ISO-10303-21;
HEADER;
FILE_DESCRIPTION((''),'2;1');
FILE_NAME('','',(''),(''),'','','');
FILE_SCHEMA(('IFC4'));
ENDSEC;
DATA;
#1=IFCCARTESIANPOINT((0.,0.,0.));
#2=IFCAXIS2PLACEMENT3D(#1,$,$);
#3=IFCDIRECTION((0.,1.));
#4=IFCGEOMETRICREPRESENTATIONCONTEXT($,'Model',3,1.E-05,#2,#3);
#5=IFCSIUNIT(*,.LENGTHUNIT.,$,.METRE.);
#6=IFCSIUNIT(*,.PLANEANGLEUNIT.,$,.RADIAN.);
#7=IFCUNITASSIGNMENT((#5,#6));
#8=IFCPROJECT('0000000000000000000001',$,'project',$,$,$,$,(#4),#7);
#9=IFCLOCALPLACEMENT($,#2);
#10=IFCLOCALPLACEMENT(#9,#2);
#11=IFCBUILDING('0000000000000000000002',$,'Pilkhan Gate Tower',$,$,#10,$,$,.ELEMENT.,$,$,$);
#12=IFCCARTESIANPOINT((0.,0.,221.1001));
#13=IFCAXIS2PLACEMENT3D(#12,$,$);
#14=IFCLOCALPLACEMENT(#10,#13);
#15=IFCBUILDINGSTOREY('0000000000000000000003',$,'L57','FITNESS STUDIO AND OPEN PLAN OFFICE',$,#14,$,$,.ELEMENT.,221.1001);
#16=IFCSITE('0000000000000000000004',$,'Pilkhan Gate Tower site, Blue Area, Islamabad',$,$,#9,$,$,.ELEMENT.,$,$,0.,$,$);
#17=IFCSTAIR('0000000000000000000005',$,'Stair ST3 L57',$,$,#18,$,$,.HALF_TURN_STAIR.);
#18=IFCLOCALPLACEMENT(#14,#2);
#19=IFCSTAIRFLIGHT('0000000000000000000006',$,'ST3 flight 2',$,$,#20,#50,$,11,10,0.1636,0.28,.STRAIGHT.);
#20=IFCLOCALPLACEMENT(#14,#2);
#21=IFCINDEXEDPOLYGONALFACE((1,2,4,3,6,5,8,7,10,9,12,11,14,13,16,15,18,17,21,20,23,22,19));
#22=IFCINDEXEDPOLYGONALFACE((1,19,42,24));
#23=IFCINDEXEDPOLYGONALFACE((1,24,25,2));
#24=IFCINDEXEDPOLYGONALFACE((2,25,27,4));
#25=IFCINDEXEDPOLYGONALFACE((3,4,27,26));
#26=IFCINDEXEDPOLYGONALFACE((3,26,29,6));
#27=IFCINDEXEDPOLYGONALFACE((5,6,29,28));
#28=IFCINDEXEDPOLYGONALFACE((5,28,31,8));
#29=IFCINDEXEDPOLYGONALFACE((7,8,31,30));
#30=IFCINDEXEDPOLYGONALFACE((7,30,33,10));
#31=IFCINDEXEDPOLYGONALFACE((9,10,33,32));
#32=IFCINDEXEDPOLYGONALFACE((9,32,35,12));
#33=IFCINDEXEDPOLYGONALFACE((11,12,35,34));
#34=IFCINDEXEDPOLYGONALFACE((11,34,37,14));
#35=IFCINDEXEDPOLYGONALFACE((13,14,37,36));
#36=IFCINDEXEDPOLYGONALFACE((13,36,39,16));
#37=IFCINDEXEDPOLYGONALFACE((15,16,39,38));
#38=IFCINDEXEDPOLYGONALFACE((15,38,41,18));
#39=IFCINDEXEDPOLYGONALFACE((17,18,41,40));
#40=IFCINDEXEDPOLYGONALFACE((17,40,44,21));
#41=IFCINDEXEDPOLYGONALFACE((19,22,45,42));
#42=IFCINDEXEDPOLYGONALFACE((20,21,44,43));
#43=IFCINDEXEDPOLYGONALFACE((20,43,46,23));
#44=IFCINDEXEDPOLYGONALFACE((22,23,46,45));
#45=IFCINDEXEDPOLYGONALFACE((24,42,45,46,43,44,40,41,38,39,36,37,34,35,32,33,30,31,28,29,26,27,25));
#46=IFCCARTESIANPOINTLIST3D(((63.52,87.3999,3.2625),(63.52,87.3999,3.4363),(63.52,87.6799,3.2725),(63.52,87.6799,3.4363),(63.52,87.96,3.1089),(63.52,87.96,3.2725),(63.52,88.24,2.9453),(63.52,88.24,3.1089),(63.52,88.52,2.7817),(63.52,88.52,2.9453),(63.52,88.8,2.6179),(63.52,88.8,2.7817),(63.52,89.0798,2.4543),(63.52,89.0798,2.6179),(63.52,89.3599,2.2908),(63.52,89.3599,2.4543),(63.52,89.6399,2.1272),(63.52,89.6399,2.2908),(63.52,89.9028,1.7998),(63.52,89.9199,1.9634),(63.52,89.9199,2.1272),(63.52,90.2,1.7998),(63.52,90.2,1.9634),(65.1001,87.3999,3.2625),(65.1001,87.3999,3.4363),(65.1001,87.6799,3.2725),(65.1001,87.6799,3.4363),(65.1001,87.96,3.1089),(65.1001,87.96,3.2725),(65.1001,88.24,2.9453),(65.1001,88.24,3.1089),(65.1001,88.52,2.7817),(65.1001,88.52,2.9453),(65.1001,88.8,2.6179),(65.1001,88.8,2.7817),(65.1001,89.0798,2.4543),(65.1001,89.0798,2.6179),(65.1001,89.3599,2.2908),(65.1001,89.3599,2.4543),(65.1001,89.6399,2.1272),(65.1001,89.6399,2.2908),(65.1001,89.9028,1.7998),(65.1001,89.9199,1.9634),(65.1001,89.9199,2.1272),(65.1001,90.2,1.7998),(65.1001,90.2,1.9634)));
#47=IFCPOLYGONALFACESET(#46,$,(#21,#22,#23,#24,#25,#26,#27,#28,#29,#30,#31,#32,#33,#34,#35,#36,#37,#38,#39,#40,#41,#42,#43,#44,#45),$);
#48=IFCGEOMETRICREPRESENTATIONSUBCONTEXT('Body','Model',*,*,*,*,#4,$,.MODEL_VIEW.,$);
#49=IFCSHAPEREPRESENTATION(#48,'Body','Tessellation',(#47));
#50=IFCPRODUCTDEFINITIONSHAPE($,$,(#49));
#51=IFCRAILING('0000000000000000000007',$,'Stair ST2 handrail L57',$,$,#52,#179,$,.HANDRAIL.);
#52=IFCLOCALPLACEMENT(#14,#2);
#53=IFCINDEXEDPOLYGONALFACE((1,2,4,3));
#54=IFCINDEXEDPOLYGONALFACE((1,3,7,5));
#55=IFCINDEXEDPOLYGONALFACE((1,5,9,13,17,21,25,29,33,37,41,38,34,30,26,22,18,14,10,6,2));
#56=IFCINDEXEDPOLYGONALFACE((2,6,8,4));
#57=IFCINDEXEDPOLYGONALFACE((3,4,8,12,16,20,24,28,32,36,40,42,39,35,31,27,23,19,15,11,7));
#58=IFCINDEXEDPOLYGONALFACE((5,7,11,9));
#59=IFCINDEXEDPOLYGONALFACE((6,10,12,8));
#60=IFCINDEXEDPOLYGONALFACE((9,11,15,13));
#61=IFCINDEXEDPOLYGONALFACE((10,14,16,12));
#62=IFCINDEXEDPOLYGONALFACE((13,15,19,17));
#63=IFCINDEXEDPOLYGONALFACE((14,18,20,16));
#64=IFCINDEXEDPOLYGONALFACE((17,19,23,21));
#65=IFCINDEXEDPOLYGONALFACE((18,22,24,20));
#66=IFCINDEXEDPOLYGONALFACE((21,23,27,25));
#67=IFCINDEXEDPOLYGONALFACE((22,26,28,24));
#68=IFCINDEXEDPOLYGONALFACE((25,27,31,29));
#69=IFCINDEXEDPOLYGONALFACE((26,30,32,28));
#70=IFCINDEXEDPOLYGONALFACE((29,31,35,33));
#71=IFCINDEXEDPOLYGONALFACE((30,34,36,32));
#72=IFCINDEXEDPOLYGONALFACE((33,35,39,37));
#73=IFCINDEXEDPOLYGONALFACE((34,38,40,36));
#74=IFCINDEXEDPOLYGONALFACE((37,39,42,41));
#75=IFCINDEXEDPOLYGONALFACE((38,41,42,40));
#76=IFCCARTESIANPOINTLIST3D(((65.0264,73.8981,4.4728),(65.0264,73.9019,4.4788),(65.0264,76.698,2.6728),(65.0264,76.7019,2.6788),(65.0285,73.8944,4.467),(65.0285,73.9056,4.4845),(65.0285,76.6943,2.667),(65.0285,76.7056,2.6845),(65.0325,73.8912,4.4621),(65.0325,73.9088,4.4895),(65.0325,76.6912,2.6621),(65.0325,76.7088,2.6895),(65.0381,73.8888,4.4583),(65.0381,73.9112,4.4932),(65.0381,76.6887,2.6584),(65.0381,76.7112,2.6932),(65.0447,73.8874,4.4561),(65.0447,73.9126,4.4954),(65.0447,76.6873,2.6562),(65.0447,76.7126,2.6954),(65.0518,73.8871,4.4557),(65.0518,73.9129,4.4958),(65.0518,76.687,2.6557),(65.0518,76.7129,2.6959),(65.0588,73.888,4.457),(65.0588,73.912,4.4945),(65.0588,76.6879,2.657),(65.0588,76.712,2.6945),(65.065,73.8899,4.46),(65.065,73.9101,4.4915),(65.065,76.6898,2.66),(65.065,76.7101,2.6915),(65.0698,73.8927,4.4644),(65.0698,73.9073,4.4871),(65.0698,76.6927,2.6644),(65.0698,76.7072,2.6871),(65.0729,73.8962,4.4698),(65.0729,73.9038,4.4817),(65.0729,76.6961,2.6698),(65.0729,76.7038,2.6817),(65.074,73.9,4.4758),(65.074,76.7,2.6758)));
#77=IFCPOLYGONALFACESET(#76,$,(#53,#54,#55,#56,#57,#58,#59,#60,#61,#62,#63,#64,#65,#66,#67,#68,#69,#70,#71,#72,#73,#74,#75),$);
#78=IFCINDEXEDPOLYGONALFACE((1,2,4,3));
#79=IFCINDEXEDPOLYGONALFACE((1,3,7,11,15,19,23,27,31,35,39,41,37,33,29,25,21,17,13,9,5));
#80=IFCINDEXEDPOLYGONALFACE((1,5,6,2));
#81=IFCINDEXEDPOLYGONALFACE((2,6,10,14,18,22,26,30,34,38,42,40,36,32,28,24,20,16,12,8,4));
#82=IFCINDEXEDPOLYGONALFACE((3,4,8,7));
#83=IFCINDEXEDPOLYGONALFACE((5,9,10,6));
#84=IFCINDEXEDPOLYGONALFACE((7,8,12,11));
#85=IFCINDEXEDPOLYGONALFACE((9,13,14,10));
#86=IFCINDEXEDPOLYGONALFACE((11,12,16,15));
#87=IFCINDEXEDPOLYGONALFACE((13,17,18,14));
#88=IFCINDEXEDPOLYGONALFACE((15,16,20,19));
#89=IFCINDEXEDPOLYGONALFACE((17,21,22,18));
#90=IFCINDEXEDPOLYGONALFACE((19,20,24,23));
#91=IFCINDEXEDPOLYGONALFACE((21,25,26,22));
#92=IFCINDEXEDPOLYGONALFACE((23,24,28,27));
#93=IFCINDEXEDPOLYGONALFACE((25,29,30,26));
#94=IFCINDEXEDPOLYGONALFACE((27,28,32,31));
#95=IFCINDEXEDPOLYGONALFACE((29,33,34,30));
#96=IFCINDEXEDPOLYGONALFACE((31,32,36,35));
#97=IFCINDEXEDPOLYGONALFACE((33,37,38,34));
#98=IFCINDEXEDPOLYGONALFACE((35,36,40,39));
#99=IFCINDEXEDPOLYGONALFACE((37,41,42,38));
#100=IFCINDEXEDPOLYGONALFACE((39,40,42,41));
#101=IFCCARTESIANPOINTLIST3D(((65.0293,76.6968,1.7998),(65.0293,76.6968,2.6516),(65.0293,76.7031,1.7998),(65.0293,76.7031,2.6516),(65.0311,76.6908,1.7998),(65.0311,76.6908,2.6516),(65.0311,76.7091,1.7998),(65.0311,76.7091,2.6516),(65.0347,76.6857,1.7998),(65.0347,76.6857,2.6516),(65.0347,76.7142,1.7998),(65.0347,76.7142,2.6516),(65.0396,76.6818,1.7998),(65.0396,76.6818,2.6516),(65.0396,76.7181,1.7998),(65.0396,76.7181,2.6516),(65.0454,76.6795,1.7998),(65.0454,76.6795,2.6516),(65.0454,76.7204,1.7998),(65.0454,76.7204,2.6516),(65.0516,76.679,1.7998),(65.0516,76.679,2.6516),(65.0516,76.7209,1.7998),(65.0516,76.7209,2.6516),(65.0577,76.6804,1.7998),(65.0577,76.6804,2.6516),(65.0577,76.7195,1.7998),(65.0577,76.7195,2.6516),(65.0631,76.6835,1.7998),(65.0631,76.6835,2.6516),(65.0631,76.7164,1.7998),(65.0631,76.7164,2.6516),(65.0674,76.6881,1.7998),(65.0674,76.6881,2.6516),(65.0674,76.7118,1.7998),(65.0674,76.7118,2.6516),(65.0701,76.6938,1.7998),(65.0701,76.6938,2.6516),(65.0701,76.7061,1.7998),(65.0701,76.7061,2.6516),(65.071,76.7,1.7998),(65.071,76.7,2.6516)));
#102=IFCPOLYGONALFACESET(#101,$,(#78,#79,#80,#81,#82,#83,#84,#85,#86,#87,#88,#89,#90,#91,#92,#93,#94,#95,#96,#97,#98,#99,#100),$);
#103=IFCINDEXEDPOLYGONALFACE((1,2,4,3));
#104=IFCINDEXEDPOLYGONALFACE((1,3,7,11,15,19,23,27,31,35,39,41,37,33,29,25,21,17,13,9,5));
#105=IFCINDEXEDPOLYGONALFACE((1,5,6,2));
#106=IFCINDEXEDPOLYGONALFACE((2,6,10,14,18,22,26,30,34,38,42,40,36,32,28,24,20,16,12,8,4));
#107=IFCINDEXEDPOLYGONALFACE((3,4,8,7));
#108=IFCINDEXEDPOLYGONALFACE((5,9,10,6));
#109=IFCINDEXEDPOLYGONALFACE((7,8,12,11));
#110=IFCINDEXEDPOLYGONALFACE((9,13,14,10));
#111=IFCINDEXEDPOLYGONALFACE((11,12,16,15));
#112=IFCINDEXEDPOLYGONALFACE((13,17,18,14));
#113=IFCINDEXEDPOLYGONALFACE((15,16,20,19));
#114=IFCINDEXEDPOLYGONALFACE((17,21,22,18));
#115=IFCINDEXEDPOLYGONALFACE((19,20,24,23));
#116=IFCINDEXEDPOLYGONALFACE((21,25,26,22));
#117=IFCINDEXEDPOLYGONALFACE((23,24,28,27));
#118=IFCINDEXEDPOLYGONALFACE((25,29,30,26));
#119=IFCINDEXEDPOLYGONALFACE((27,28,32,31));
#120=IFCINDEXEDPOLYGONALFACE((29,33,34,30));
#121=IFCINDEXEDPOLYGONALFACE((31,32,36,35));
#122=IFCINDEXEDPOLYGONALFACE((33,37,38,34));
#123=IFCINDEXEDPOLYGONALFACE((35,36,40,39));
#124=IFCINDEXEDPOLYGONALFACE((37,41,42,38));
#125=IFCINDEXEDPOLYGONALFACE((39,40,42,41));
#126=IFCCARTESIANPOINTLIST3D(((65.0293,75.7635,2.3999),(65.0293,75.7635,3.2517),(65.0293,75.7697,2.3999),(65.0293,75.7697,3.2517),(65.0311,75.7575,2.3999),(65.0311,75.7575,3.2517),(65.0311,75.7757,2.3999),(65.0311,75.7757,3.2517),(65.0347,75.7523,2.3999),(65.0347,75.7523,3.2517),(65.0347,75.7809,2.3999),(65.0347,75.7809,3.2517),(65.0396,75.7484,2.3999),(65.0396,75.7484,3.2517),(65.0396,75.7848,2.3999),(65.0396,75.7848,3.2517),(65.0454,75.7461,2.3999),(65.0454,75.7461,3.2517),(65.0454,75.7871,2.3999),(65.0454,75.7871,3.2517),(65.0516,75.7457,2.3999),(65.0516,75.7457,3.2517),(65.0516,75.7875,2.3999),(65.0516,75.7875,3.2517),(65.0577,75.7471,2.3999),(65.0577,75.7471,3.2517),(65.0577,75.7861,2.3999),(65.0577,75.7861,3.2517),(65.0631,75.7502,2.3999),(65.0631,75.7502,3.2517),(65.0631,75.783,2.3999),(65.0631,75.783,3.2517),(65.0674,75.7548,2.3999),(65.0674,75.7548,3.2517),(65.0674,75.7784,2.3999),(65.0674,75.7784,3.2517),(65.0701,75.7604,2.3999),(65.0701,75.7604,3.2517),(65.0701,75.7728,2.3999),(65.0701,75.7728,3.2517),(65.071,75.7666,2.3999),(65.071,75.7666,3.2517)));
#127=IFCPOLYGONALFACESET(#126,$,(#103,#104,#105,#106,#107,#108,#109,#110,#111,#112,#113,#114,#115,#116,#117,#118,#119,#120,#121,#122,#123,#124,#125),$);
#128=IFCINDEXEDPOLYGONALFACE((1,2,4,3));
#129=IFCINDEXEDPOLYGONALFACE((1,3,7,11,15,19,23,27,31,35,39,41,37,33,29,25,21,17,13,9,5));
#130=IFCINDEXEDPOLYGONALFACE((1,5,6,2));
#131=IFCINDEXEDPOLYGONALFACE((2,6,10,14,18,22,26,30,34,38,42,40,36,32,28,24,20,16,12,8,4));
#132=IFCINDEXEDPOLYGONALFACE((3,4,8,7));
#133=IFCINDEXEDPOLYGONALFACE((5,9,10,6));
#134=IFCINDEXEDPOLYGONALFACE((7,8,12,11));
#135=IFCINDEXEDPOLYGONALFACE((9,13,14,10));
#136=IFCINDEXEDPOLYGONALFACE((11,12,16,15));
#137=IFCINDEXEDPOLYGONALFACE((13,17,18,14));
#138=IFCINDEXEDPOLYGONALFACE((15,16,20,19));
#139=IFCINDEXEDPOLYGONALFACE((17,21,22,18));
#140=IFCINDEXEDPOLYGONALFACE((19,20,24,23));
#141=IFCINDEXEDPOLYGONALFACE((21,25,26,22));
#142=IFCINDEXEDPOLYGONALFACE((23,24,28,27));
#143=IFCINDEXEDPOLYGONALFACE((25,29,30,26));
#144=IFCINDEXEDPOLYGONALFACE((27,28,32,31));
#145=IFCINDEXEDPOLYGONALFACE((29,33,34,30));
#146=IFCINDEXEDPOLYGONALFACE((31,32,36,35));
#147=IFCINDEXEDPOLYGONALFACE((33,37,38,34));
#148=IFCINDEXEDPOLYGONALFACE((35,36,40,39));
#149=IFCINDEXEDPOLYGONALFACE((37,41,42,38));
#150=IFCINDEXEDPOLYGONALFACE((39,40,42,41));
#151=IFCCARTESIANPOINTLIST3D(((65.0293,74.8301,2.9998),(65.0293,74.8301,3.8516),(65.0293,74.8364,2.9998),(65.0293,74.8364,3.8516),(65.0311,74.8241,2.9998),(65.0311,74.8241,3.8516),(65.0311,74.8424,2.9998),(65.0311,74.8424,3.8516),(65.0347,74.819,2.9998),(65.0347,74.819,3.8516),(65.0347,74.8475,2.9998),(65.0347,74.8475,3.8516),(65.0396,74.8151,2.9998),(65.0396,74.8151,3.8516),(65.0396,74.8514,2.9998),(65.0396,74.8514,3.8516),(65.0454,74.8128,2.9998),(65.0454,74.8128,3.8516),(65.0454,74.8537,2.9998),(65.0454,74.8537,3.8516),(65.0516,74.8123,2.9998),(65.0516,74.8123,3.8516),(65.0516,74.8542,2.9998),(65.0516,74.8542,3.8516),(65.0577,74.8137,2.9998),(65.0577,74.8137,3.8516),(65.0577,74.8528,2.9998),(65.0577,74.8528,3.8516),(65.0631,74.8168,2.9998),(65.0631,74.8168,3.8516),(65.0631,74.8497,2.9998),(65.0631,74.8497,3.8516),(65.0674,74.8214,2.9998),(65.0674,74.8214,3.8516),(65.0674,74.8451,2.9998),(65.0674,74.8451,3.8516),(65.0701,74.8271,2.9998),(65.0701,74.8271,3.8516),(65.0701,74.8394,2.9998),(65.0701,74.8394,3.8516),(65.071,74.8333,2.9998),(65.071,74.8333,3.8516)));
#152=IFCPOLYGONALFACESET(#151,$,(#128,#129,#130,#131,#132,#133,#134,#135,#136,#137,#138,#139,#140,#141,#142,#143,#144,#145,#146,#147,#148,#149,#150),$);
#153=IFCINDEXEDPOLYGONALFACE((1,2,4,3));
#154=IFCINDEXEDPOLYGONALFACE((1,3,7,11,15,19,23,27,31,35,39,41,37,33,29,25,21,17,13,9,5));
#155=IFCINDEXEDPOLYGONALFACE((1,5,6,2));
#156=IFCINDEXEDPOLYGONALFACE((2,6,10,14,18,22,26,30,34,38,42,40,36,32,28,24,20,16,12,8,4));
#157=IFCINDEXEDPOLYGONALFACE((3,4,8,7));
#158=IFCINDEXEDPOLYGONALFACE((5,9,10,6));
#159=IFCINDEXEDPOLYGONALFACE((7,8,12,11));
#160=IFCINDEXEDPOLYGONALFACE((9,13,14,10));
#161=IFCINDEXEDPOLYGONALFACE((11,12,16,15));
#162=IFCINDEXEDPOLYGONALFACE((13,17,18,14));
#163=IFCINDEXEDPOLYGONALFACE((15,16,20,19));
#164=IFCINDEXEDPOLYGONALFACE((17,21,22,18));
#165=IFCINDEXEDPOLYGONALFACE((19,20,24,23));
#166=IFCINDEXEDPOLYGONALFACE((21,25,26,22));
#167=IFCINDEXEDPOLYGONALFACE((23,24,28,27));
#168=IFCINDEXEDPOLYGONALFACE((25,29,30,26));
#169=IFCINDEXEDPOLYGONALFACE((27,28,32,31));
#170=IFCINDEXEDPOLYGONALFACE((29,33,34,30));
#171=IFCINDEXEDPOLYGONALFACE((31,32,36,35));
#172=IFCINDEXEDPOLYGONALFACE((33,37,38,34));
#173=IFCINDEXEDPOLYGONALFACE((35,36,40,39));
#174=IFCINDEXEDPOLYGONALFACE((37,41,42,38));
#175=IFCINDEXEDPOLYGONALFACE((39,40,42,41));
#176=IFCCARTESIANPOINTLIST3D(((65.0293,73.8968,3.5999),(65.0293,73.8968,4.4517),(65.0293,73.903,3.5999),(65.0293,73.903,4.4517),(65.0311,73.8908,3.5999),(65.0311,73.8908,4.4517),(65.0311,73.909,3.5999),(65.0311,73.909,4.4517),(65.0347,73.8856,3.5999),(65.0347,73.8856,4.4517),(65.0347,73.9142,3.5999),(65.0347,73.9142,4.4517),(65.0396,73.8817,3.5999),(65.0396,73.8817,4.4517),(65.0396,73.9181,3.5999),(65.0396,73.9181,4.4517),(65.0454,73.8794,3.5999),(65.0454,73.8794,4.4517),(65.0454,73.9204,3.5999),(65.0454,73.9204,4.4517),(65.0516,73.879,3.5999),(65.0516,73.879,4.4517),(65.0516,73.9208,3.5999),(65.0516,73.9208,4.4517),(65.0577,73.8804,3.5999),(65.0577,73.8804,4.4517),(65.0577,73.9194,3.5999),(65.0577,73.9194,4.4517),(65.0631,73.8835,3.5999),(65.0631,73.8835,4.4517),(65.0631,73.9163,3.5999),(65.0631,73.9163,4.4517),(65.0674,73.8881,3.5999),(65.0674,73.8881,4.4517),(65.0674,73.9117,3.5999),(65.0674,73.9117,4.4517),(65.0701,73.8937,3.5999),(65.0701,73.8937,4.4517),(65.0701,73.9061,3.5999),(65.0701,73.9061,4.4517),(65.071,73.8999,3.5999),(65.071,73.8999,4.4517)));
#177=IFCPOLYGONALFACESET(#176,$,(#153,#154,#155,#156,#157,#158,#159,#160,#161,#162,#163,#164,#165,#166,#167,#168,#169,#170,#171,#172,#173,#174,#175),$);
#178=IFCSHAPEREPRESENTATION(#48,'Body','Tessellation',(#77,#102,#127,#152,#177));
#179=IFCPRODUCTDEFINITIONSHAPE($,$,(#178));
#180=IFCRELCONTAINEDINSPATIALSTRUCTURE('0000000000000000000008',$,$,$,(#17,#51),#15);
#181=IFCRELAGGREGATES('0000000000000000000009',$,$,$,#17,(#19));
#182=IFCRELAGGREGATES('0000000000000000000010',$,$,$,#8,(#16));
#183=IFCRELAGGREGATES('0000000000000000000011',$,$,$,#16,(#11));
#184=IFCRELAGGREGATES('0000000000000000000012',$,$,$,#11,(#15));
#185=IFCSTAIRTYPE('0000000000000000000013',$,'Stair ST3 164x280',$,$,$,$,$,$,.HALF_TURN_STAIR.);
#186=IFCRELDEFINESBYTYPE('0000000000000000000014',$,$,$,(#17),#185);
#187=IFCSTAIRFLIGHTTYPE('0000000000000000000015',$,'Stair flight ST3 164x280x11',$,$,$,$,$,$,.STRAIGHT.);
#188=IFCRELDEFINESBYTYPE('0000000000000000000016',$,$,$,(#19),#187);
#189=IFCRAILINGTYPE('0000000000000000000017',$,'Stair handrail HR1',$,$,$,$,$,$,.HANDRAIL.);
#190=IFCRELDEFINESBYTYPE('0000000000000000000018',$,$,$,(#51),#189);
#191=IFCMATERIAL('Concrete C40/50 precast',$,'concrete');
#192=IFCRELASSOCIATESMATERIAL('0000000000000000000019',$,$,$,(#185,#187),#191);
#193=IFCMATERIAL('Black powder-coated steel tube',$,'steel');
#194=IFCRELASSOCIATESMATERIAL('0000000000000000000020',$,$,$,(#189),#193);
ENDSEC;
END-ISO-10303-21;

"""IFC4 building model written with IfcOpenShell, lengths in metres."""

from ifc_helpers import new_model, si_unit, direction, frame, origin, origin_2d, place, context, subcontext, project, spatial, polyline, circle, outline, extrude, material, type_object, element, aggregate, save


model = new_model("IFC4")

# Units and contexts
model_context = context("Model", 3, precision=1e-05, world=origin(), true_north=direction((0.0, 1.0)))
body_context = subcontext(model_context, "Body", "Model", "MODEL_VIEW")
ifc_project = project(units=[si_unit("LENGTHUNIT", "METRE"), si_unit("PLANEANGLEUNIT", "RADIAN")], contexts=[model_context])

# Site, building, storey
site_placement = place(None, origin())
site = spatial("IfcSite", under=ifc_project, at=site_placement, Name="Pilkhan Gate Tower site, Blue Area, Islamabad", CompositionType="ELEMENT", RefElevation=0.0)
building_placement = place(site_placement, origin())
building = spatial("IfcBuilding", under=site, at=building_placement, Name="Pilkhan Gate Tower", CompositionType="ELEMENT")
storey_placement = place(building_placement, frame((0.0, 0.0, 221.1001)))
storey = spatial("IfcBuildingStorey", under=building, at=storey_placement, Name="L57", Description="FITNESS STUDIO AND OPEN PLAN OFFICE", CompositionType="ELEMENT", Elevation=221.1001)

# Stair, stair flight
ifc_material_1 = material(Name="Concrete C40/50 precast", Category="concrete")
stair_type_1 = type_object("IfcStairType", Name="Stair ST3 164x280", PredefinedType="HALF_TURN_STAIR", material=ifc_material_1)
stair_1_placement = place(storey_placement, origin())
stair_1 = element("IfcStair", 1, at=stair_1_placement, inside=storey, type_object=stair_type_1, Name="Stair ST3 L57", PredefinedType="HALF_TURN_STAIR")
stair_flight_type_1 = type_object("IfcStairFlightType", Name="Stair flight ST3 164x280x11", PredefinedType="STRAIGHT", material=ifc_material_1)
stair_flight_1_placement = place(storey_placement, frame((64.3101, 90.2, 1.7998), z_axis=(0.0, 0.0, 1.0), x_axis=(0.0, -1.0, 0.0)))
stair_flight_1 = element("IfcStairFlight", 2, at=stair_flight_1_placement, type_object=stair_flight_type_1, Name="ST3 flight 2", NumberOfRisers=11, NumberOfTreads=10, PredefinedType="STRAIGHT", RiserHeight=0.1636, TreadLength=0.28, context=body_context, shape_type="SweptSolid", body=[
    extrude(outline(polyline([(0.0, 0.0), (0.0, 0.1636), (0.28, 0.1636), (0.28, 0.3274), (0.5601, 0.3274), (0.5601, 0.491), (0.8401, 0.491), (0.8401, 0.6545), (1.1201, 0.6545), (1.1201, 0.8181), (1.3999, 0.8181), (1.3999, 0.9819), (1.6799, 0.9819), (1.6799, 1.1455), (1.96, 1.1455), (1.96, 1.3091), (2.24, 1.3091), (2.24, 1.4727), (2.52, 1.4727), (2.52, 1.6365), (2.8, 1.6365), (2.8, 1.8), (2.8, 1.4626), (0.2971, 0.0), (0.0, 0.0)])), frame((0.0, 0.79, 0.0), z_axis=(0.0, -1.0, 0.0), x_axis=(1.0, 0.0, 0.0)), (0.0, 0.0, 1.0), 1.5801),
])
aggregate(stair_1, [stair_flight_1])

# Railing
ifc_material_2 = material(Name="Black powder-coated steel tube", Category="steel")
railing_type_1 = type_object("IfcRailingType", Name="Stair handrail HR1", PredefinedType="HANDRAIL", material=ifc_material_2)
railing_1_placement = place(storey_placement, frame((65.05, 76.7, 1.7998)))
element("IfcRailing", 3, at=railing_1_placement, inside=storey, type_object=railing_type_1, Name="Stair ST2 handrail L57", PredefinedType="HANDRAIL", context=body_context, shape_type="SweptSolid", body=[
    extrude(circle(Radius=0.0239, at=origin_2d()), frame((0.0, 0.0, 0.876), z_axis=(0.0, -0.841176, 0.540761), x_axis=(1.0, 0.0, 0.0)), (0.0, 0.0, 1.0), 3.3286),
    extrude(circle(Radius=0.021, at=origin_2d()), origin(), (0.0, 0.0, 1.0), 0.8518),
    extrude(circle(Radius=0.021, at=origin_2d()), frame((0.0, -0.9333, 0.6001)), (0.0, 0.0, 1.0), 0.8518),
    extrude(circle(Radius=0.021, at=origin_2d()), frame((0.0, -1.8667, 1.2)), (0.0, 0.0, 1.0), 0.8518),
    extrude(circle(Radius=0.021, at=origin_2d()), frame((0.0, -2.8, 1.8)), (0.0, 0.0, 1.0), 0.8518),
])

save(model, "model.ifc")
